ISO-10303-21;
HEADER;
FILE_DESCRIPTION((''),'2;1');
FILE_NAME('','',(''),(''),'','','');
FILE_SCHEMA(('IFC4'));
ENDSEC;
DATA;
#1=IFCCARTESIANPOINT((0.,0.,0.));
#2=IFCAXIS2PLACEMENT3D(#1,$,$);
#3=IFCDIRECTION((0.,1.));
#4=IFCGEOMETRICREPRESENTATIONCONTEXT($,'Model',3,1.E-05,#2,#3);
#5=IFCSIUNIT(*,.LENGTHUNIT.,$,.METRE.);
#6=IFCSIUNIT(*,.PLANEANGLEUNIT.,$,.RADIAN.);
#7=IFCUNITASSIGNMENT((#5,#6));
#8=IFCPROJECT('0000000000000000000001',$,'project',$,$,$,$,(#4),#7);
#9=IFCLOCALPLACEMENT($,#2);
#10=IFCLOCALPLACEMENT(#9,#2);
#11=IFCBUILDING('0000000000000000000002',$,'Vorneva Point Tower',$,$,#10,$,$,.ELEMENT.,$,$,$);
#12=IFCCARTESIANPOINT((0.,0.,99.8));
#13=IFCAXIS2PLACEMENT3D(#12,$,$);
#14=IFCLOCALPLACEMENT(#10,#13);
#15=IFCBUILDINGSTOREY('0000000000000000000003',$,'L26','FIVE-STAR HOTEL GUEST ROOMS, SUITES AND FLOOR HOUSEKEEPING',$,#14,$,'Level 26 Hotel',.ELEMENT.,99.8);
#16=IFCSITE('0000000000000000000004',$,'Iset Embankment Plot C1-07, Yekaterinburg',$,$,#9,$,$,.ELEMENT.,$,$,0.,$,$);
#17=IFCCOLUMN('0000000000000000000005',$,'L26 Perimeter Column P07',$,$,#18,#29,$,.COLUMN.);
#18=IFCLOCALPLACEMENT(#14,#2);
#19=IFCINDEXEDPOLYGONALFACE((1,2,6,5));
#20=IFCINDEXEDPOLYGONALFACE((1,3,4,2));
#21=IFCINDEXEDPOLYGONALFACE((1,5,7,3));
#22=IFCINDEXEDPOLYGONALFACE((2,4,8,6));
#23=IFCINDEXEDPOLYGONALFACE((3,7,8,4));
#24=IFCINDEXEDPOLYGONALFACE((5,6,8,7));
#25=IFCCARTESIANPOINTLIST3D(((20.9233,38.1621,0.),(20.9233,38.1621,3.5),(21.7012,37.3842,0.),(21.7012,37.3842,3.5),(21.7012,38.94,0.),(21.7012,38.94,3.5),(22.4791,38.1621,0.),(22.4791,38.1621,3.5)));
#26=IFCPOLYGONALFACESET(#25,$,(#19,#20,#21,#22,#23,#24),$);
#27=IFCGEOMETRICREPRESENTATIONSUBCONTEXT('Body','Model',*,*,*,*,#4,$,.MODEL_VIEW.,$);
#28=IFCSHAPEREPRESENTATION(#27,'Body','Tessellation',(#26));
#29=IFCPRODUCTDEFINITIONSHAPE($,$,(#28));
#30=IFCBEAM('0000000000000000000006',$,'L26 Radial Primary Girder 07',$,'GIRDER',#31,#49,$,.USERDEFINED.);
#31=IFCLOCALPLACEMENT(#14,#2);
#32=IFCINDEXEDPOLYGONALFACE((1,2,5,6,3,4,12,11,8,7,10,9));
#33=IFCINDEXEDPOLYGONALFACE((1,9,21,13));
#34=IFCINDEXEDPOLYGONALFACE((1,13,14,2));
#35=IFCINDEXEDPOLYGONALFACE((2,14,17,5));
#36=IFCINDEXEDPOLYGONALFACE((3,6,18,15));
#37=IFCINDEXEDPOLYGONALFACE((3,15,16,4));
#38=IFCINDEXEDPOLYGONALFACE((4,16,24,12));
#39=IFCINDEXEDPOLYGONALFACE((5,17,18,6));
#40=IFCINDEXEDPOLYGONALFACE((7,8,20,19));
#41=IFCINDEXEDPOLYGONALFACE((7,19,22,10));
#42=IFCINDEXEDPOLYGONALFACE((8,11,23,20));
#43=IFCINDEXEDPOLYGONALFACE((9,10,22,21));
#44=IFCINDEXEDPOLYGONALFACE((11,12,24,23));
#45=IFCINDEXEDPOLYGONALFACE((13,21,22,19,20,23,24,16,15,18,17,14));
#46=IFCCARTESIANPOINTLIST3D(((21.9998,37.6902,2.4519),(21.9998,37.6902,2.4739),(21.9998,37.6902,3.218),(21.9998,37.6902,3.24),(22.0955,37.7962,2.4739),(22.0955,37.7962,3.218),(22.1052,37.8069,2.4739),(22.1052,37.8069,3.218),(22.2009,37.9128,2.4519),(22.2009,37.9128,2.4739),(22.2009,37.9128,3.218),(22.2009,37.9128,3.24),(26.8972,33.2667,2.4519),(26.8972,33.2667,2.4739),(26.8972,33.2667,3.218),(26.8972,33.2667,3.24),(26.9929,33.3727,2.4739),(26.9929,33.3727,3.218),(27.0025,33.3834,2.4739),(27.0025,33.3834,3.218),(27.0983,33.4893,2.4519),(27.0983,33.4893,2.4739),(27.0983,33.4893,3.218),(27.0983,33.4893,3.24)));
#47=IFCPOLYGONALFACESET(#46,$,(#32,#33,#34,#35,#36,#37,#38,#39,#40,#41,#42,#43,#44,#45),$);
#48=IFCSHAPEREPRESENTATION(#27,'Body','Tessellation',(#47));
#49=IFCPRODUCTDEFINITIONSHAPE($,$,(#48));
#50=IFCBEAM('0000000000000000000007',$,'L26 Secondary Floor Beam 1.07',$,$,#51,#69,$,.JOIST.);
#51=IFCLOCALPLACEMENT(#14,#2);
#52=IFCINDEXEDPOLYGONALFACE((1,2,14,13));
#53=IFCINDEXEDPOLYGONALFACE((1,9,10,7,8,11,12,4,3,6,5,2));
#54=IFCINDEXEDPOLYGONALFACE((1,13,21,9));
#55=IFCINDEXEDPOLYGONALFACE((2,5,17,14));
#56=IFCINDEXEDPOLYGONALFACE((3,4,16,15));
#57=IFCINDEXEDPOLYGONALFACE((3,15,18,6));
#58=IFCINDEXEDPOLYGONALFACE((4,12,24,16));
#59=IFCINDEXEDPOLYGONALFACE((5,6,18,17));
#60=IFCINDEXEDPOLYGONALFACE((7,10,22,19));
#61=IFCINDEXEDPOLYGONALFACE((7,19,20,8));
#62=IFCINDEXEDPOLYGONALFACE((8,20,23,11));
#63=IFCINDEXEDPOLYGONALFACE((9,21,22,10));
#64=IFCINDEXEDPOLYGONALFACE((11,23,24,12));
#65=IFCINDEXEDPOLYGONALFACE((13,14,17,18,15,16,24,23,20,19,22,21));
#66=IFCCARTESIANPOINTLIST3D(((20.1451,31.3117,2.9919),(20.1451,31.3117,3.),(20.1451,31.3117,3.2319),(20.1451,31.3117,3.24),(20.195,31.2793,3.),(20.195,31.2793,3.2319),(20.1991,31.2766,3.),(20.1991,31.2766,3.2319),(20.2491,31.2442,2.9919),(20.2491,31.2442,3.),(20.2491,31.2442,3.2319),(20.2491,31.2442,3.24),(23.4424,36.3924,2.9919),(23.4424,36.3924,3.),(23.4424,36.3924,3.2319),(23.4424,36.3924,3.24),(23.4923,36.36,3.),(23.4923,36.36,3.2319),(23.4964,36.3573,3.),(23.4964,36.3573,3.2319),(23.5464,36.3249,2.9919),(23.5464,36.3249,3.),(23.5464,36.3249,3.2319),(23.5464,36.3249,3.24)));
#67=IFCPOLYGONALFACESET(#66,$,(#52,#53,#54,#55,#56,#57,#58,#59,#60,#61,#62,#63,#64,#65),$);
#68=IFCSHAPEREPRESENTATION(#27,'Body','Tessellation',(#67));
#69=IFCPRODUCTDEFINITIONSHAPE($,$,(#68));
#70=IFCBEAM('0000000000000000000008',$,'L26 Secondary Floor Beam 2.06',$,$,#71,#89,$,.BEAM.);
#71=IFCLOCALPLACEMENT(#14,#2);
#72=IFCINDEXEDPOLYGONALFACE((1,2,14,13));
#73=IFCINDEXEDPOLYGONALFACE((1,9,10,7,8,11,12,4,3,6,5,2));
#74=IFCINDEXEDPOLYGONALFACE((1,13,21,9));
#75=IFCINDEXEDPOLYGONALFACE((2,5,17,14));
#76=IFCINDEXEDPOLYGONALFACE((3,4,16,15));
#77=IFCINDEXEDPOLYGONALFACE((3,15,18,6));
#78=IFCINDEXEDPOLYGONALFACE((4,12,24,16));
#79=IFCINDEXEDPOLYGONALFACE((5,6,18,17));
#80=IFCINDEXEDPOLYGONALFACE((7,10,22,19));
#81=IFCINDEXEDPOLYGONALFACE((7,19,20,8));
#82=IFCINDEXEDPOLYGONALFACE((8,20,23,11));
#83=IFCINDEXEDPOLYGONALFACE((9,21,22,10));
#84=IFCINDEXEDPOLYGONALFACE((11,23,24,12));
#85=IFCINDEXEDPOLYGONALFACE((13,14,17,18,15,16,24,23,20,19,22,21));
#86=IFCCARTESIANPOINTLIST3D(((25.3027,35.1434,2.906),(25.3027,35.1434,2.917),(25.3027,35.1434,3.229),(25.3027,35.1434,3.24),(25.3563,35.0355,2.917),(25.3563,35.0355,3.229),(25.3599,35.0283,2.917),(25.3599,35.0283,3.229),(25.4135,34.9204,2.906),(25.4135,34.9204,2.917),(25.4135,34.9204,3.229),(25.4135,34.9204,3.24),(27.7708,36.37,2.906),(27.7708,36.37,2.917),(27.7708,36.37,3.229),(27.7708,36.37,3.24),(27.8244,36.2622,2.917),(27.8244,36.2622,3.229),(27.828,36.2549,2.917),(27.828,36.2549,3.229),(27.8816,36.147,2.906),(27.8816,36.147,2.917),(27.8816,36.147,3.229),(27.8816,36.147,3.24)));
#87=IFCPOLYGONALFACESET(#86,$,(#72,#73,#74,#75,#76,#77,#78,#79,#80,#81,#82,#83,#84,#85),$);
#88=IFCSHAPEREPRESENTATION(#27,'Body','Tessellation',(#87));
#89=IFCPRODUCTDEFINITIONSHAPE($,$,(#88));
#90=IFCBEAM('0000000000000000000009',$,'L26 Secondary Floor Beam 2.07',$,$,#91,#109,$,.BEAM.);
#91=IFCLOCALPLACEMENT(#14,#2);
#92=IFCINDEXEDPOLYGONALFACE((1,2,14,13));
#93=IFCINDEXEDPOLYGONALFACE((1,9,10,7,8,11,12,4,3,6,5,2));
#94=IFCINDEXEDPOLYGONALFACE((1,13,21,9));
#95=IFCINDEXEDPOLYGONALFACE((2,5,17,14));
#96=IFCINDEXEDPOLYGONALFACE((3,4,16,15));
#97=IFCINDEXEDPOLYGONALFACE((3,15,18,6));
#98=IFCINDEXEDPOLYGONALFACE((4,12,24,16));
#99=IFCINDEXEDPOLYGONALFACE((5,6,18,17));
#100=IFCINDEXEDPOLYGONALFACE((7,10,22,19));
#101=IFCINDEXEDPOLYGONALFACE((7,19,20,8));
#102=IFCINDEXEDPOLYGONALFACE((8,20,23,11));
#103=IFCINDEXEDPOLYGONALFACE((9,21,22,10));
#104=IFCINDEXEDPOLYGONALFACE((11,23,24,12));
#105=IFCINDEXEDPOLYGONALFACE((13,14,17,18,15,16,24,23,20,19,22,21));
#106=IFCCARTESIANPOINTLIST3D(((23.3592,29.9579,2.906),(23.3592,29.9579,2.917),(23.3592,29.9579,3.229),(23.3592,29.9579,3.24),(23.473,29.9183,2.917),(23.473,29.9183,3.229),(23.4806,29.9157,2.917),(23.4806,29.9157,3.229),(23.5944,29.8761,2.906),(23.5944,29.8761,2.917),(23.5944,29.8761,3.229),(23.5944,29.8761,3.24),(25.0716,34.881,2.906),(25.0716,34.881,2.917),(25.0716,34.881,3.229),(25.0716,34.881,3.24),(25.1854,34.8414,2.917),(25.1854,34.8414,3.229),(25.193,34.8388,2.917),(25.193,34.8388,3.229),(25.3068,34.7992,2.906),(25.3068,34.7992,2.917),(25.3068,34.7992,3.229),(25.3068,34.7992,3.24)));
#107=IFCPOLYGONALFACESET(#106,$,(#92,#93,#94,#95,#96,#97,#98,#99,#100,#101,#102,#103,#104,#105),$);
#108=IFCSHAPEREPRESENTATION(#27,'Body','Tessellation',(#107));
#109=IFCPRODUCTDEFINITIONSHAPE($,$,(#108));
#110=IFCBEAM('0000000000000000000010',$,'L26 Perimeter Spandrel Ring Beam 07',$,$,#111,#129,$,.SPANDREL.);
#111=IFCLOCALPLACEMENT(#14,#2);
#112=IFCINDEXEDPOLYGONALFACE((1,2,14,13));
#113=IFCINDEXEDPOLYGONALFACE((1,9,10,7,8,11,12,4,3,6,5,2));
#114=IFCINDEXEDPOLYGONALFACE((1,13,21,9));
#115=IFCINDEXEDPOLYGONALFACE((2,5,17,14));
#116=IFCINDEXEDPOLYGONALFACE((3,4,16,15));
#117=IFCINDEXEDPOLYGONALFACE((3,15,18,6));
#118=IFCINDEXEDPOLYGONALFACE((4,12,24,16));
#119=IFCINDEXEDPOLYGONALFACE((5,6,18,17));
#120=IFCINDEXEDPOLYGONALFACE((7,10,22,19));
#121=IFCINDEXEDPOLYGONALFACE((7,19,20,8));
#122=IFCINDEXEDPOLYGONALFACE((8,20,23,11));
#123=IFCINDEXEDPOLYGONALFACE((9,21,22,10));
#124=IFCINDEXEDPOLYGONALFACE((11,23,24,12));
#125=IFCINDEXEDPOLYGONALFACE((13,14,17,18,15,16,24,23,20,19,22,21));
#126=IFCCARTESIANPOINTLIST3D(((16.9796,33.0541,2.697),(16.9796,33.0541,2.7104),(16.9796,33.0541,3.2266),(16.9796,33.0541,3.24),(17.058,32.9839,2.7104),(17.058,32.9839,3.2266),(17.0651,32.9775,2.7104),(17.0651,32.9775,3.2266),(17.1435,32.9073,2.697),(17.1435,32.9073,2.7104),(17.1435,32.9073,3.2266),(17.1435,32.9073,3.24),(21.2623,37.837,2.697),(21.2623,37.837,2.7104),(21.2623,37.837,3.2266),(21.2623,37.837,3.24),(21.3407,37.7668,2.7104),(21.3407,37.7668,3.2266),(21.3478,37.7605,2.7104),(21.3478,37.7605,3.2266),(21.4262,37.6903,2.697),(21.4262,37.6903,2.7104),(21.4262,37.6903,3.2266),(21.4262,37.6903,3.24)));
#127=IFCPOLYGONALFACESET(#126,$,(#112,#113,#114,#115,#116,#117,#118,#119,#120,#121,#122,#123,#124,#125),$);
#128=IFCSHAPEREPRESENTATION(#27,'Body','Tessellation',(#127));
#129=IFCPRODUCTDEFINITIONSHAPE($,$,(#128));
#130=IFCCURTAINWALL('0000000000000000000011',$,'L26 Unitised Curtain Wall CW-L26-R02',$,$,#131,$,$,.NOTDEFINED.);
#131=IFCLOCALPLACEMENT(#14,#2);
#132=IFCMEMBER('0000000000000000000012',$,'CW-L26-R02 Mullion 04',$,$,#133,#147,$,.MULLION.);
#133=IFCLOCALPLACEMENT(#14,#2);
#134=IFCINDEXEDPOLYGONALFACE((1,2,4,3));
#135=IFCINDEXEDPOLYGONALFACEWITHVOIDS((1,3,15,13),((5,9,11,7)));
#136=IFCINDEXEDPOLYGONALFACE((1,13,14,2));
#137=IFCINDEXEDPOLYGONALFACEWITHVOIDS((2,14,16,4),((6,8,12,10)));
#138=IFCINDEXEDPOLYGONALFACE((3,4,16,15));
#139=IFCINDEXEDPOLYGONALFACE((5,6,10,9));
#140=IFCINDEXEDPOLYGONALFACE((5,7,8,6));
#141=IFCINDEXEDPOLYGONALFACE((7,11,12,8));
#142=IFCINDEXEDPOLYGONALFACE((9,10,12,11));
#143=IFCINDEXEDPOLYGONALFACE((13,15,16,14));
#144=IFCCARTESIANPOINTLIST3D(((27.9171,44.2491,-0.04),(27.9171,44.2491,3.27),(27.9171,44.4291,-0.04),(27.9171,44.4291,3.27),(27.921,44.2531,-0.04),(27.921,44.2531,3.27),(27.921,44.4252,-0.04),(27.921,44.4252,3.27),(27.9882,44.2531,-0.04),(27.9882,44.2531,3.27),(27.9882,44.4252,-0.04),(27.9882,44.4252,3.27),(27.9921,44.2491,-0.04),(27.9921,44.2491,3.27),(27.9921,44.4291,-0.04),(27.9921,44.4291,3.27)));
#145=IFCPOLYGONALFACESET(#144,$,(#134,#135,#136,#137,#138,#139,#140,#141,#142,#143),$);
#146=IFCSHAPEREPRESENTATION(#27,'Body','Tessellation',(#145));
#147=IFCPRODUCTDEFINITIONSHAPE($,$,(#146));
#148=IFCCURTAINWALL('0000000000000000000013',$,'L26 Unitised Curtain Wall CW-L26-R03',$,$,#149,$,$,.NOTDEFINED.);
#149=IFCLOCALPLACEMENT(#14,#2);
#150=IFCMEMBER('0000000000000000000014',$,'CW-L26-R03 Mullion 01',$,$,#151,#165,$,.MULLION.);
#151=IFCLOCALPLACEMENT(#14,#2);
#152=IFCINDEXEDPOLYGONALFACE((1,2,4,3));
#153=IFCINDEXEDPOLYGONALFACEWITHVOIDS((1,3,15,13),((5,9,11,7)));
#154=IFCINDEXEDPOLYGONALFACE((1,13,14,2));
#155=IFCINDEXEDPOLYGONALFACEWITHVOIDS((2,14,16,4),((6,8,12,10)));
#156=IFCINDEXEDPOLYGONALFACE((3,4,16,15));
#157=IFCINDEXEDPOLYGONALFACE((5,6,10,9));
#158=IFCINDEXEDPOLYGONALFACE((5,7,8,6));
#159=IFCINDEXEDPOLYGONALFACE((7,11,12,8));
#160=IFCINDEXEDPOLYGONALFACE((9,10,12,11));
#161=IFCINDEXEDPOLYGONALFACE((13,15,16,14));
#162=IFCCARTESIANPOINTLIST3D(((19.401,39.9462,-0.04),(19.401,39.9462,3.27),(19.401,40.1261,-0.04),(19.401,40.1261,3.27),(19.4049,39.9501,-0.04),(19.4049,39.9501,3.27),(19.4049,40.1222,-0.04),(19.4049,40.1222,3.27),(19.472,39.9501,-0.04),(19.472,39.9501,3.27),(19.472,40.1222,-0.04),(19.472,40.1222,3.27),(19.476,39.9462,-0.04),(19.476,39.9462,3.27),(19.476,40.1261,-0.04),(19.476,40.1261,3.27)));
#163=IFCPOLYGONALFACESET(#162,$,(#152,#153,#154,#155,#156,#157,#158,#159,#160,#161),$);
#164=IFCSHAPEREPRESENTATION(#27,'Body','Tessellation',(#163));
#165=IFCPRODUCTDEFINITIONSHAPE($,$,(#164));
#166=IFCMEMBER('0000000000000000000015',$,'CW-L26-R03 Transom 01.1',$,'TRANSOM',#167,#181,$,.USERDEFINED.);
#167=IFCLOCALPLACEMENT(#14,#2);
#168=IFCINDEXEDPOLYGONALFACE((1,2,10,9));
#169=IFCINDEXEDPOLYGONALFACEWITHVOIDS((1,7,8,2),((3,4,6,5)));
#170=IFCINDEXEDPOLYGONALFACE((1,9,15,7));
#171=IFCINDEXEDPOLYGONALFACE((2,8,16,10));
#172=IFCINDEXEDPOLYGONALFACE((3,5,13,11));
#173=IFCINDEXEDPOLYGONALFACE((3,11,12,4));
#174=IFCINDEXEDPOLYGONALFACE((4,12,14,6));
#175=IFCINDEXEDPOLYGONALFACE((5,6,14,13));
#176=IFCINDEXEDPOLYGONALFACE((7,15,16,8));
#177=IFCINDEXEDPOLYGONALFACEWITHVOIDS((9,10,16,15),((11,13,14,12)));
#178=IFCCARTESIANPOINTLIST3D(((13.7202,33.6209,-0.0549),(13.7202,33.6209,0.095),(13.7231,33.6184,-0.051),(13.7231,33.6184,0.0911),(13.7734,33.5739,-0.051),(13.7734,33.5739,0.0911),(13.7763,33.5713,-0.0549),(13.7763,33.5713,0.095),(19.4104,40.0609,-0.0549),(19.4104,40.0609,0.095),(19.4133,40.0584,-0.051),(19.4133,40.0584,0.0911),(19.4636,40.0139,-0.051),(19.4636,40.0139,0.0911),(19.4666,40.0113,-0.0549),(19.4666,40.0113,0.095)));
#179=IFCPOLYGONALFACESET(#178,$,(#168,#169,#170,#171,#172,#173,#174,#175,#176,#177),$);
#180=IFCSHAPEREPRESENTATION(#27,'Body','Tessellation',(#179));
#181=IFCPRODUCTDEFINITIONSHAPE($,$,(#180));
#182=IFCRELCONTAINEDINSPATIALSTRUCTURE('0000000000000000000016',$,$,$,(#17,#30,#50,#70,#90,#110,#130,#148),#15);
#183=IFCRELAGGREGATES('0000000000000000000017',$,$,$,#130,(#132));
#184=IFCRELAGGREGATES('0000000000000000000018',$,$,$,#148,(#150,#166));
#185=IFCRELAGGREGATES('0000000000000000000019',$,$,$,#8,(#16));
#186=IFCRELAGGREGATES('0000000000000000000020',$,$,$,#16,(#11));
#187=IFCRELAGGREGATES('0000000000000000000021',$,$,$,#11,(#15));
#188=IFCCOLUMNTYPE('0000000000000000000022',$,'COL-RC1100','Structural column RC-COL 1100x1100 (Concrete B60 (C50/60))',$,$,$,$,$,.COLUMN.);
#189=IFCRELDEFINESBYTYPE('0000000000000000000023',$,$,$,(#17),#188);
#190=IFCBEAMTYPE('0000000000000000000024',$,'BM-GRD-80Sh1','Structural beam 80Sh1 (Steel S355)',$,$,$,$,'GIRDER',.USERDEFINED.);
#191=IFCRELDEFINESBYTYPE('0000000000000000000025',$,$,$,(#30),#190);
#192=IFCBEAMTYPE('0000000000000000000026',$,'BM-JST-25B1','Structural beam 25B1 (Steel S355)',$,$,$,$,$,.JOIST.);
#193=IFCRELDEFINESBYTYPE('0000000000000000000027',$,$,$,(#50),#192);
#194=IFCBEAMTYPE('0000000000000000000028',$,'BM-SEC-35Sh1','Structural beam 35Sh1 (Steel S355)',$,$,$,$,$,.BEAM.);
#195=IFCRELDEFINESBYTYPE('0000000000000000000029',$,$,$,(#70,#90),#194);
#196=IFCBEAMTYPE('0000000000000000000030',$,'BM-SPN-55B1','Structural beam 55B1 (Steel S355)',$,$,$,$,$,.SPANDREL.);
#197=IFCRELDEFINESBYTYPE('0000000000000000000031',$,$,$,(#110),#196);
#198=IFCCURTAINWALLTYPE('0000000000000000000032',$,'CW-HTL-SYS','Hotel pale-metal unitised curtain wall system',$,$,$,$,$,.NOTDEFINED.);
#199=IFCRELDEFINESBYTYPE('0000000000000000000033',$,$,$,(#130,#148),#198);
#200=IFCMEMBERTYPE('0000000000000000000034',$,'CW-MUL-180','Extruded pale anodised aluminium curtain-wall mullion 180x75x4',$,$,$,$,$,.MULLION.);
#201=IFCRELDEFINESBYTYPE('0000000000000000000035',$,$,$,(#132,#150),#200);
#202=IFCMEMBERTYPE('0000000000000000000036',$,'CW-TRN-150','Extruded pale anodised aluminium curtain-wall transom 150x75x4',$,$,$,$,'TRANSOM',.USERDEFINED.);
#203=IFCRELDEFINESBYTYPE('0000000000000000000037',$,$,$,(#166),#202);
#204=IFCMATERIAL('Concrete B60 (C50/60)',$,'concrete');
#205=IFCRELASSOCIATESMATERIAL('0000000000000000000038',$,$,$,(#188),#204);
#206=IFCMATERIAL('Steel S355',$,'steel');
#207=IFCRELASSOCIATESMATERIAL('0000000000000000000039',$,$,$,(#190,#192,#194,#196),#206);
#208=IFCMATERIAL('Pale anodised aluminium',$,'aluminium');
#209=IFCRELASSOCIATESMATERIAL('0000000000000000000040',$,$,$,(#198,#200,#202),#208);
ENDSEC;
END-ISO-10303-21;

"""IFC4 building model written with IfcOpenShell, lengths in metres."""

from ifc_helpers import new_model, si_unit, direction, frame, origin, origin_2d, place, context, subcontext, project, spatial, rectangle, hollow_rectangle, i_section, extrude, material, material_profile, profile_set, type_object, element, aggregate, save


model = new_model("IFC4")

# Units and contexts
model_context = context("Model", 3, precision=1e-05, world=origin(), true_north=direction((0.0, 1.0)))
body_context = subcontext(model_context, "Body", "Model", "MODEL_VIEW")
ifc_project = project(units=[si_unit("LENGTHUNIT", "METRE"), si_unit("PLANEANGLEUNIT", "RADIAN")], contexts=[model_context])

# Site, building, storey
site_placement = place(None, origin())
site = spatial("IfcSite", under=ifc_project, at=site_placement, Name="Iset Embankment Plot C1-07, Yekaterinburg", CompositionType="ELEMENT", RefElevation=0.0)
building_placement = place(site_placement, origin())
building = spatial("IfcBuilding", under=site, at=building_placement, Name="Vorneva Point Tower", CompositionType="ELEMENT")
storey_placement = place(building_placement, frame((0.0, 0.0, 99.8)))
storey = spatial("IfcBuildingStorey", under=building, at=storey_placement, Name="L26", Description="FIVE-STAR HOTEL GUEST ROOMS, SUITES AND FLOOR HOUSEKEEPING", LongName="Level 26 Hotel", CompositionType="ELEMENT", Elevation=99.8)

# Column
ifc_material_1 = material(Name="Concrete B60 (C50/60)", Category="concrete")
ifc_material_profile_1 = material_profile(ifc_material_1, rectangle(XDim=1.1001, YDim=1.1001, at=origin_2d()), Name="RC-COL 1100x1100")
ifc_profile_set_1 = profile_set([ifc_material_profile_1], Name="Concrete B60 (C50/60)")
column_type = type_object("IfcColumnType", Name="COL-RC1100", Description="Structural column RC-COL 1100x1100 (Concrete B60 (C50/60))", PredefinedType="COLUMN", material=ifc_profile_set_1)
column_placement = place(storey_placement, frame((21.7012, 38.1621, 0.0), z_axis=(0.0, 0.0, 1.0), x_axis=(-0.707107, 0.707107, 0.0)))
element("IfcColumn", 1, at=column_placement, inside=storey, type_object=column_type, Name="L26 Perimeter Column P07", PredefinedType="COLUMN", context=body_context, shape_type="SweptSolid", body=[
    extrude(rectangle(XDim=1.1001, YDim=1.1001, at=origin_2d()), origin(), (0.0, 0.0, 1.0), 3.5),
])

# Beams
ifc_material_2 = material(Name="Steel S355", Category="steel")
ifc_material_profile_2 = material_profile(ifc_material_2, i_section(OverallWidth=0.3, OverallDepth=0.7881, WebThickness=0.0144, FlangeThickness=0.022, at=origin_2d()), Name="80Sh1")
ifc_profile_set_2 = profile_set([ifc_material_profile_2], Name="Steel S355")
beam_type_1 = type_object("IfcBeamType", Name="BM-GRD-80Sh1", Description="Structural beam 80Sh1 (Steel S355)", ElementType="GIRDER", PredefinedType="USERDEFINED", material=ifc_profile_set_2)
beam_1_placement = place(storey_placement, frame((22.1003, 37.8015, 2.8459), z_axis=(0.742097, -0.670292, 0.0), x_axis=(0.670292, 0.742097, 0.0)))
element("IfcBeam", 2, at=beam_1_placement, inside=storey, type_object=beam_type_1, Name="L26 Radial Primary Girder 07", ObjectType="GIRDER", PredefinedType="USERDEFINED", context=body_context, shape_type="SweptSolid", body=[
    extrude(i_section(OverallWidth=0.3, OverallDepth=0.7881, WebThickness=0.0144, FlangeThickness=0.022, at=origin_2d()), origin(), (0.0, 0.0, 1.0), 6.5994),
])
ifc_material_profile_3 = material_profile(ifc_material_2, i_section(OverallWidth=0.124, OverallDepth=0.248, WebThickness=0.0049, FlangeThickness=0.0081, at=origin_2d()), Name="25B1")
ifc_profile_set_3 = profile_set([ifc_material_profile_3], Name="Steel S355")
beam_type_2 = type_object("IfcBeamType", Name="BM-JST-25B1", Description="Structural beam 25B1 (Steel S355)", PredefinedType="JOIST", material=ifc_profile_set_3)
beam_2_placement = place(storey_placement, frame((23.4944, 36.3586, 3.116), z_axis=(-0.544389, -0.838833, 0.0), x_axis=(0.838833, -0.544389, 0.0)))
element("IfcBeam", 3, at=beam_2_placement, inside=storey, type_object=beam_type_2, Name="L26 Secondary Floor Beam 1.07", PredefinedType="JOIST", context=body_context, shape_type="SweptSolid", body=[
    extrude(i_section(OverallWidth=0.124, OverallDepth=0.248, WebThickness=0.0049, FlangeThickness=0.0081, at=origin_2d()), origin(), (0.0, 0.0, 1.0), 6.0569),
])
ifc_material_profile_4 = material_profile(ifc_material_2, i_section(OverallWidth=0.249, OverallDepth=0.334, WebThickness=0.0081, FlangeThickness=0.011, at=origin_2d()), Name="35Sh1")
ifc_profile_set_4 = profile_set([ifc_material_profile_4], Name="Steel S355")
beam_type_3 = type_object("IfcBeamType", Name="BM-SEC-35Sh1", Description="Structural beam 35Sh1 (Steel S355)", PredefinedType="BEAM", material=ifc_profile_set_4)
beam_3_placement = place(storey_placement, frame((27.8262, 36.2585, 3.073), z_axis=(-0.895505, -0.445051, 0.0), x_axis=(0.445051, -0.895505, 0.0)))
element("IfcBeam", 4, at=beam_3_placement, inside=storey, type_object=beam_type_3, Name="L26 Secondary Floor Beam 2.06", PredefinedType="BEAM", context=body_context, shape_type="SweptSolid", body=[
    extrude(i_section(OverallWidth=0.249, OverallDepth=0.334, WebThickness=0.0081, FlangeThickness=0.011, at=origin_2d()), origin(), (0.0, 0.0, 1.0), 2.7561),
])
beam_4_placement = place(storey_placement, frame((25.1892, 34.8401, 3.073), z_axis=(-0.328524, -0.944496, 0.0), x_axis=(0.944496, -0.328524, 0.0)))
element("IfcBeam", 5, at=beam_4_placement, inside=storey, type_object=beam_type_3, Name="L26 Secondary Floor Beam 2.07", PredefinedType="BEAM", context=body_context, shape_type="SweptSolid", body=[
    extrude(i_section(OverallWidth=0.249, OverallDepth=0.334, WebThickness=0.0081, FlangeThickness=0.011, at=origin_2d()), origin(), (0.0, 0.0, 1.0), 5.2124),
])
ifc_material_profile_5 = material_profile(ifc_material_2, i_section(OverallWidth=0.22, OverallDepth=0.543, WebThickness=0.0095, FlangeThickness=0.0134, at=origin_2d()), Name="55B1")
ifc_profile_set_5 = profile_set([ifc_material_profile_5], Name="Steel S355")
beam_type_4 = type_object("IfcBeamType", Name="BM-SPN-55B1", Description="Structural beam 55B1 (Steel S355)", PredefinedType="SPANDREL", material=ifc_profile_set_5)
beam_5_placement = place(storey_placement, frame((21.3442, 37.7637, 2.9685), z_axis=(-0.667074, -0.744992, 0.0), x_axis=(0.744992, -0.667074, 0.0)))
element("IfcBeam", 6, at=beam_5_placement, inside=storey, type_object=beam_type_4, Name="L26 Perimeter Spandrel Ring Beam 07", PredefinedType="SPANDREL", context=body_context, shape_type="SweptSolid", body=[
    extrude(i_section(OverallWidth=0.22, OverallDepth=0.543, WebThickness=0.0095, FlangeThickness=0.0134, at=origin_2d()), origin(), (0.0, 0.0, 1.0), 6.4202),
])

# Curtain wall, member
ifc_material_3 = material(Name="Pale anodised aluminium", Category="aluminium")
curtain_wall_type = type_object("IfcCurtainWallType", Name="CW-HTL-SYS", Description="Hotel pale-metal unitised curtain wall system", PredefinedType="NOTDEFINED", material=ifc_material_3)
curtain_wall_1_placement = place(storey_placement, origin())
curtain_wall_1 = element("IfcCurtainWall", 7, at=curtain_wall_1_placement, inside=storey, type_object=curtain_wall_type, Name="L26 Unitised Curtain Wall CW-L26-R02", PredefinedType="NOTDEFINED")
ifc_material_profile_6 = material_profile(ifc_material_3, hollow_rectangle(XDim=0.075, YDim=0.1799, WallThickness=0.0039, at=origin_2d()), Name="AL-MUL 180x75x4")
ifc_profile_set_6 = profile_set([ifc_material_profile_6], Name="Pale anodised aluminium")
member_type_1 = type_object("IfcMemberType", Name="CW-MUL-180", Description="Extruded pale anodised aluminium curtain-wall mullion 180x75x4", PredefinedType="MULLION", material=ifc_profile_set_6)
member_1_placement = place(storey_placement, frame((27.9546, 44.3391, -0.04), z_axis=(0.0, 0.0, 1.0), x_axis=(1.0, 0.0, 0.0)))
member_1 = element("IfcMember", 8, at=member_1_placement, type_object=member_type_1, Name="CW-L26-R02 Mullion 04", PredefinedType="MULLION", context=body_context, shape_type="SweptSolid", body=[
    extrude(hollow_rectangle(XDim=0.075, YDim=0.1799, WallThickness=0.0039, at=origin_2d()), origin(), (0.0, 0.0, 1.0), 3.3101),
])
aggregate(curtain_wall_1, [member_1])

# Curtain wall, members
curtain_wall_2_placement = place(storey_placement, origin())
curtain_wall_2 = element("IfcCurtainWall", 9, at=curtain_wall_2_placement, inside=storey, type_object=curtain_wall_type, Name="L26 Unitised Curtain Wall CW-L26-R03", PredefinedType="NOTDEFINED")
member_2_placement = place(storey_placement, frame((19.4385, 40.0361, -0.04), z_axis=(0.0, 0.0, 1.0), x_axis=(1.0, 0.0, 0.0)))
member_2 = element("IfcMember", 10, at=member_2_placement, type_object=member_type_1, Name="CW-L26-R03 Mullion 01", PredefinedType="MULLION", context=body_context, shape_type="SweptSolid", body=[
    extrude(hollow_rectangle(XDim=0.075, YDim=0.1799, WallThickness=0.0039, at=origin_2d()), origin(), (0.0, 0.0, 1.0), 3.3101),
])
ifc_material_profile_7 = material_profile(ifc_material_3, hollow_rectangle(XDim=0.075, YDim=0.1499, WallThickness=0.0039, at=origin_2d()), Name="AL-TRN 150x75x4")
ifc_profile_set_7 = profile_set([ifc_material_profile_7], Name="Pale anodised aluminium")
member_type_2 = type_object("IfcMemberType", Name="CW-TRN-150", Description="Extruded pale anodised aluminium curtain-wall transom 150x75x4", ElementType="TRANSOM", PredefinedType="USERDEFINED", material=ifc_profile_set_7)
member_3_placement = place(storey_placement, frame((19.4385, 40.0361, 0.02), z_axis=(-0.662137, -0.749383, 0.0), x_axis=(0.749383, -0.662137, 0.0)))
member_3 = element("IfcMember", 11, at=member_3_placement, type_object=member_type_2, Name="CW-L26-R03 Transom 01.1", ObjectType="TRANSOM", PredefinedType="USERDEFINED", context=body_context, shape_type="SweptSolid", body=[
    extrude(hollow_rectangle(XDim=0.075, YDim=0.1499, WallThickness=0.0039, at=origin_2d()), origin(), (0.0, 0.0, 1.0), 8.5938),
])
aggregate(curtain_wall_2, [member_2, member_3])

save(model, "model.ifc")
